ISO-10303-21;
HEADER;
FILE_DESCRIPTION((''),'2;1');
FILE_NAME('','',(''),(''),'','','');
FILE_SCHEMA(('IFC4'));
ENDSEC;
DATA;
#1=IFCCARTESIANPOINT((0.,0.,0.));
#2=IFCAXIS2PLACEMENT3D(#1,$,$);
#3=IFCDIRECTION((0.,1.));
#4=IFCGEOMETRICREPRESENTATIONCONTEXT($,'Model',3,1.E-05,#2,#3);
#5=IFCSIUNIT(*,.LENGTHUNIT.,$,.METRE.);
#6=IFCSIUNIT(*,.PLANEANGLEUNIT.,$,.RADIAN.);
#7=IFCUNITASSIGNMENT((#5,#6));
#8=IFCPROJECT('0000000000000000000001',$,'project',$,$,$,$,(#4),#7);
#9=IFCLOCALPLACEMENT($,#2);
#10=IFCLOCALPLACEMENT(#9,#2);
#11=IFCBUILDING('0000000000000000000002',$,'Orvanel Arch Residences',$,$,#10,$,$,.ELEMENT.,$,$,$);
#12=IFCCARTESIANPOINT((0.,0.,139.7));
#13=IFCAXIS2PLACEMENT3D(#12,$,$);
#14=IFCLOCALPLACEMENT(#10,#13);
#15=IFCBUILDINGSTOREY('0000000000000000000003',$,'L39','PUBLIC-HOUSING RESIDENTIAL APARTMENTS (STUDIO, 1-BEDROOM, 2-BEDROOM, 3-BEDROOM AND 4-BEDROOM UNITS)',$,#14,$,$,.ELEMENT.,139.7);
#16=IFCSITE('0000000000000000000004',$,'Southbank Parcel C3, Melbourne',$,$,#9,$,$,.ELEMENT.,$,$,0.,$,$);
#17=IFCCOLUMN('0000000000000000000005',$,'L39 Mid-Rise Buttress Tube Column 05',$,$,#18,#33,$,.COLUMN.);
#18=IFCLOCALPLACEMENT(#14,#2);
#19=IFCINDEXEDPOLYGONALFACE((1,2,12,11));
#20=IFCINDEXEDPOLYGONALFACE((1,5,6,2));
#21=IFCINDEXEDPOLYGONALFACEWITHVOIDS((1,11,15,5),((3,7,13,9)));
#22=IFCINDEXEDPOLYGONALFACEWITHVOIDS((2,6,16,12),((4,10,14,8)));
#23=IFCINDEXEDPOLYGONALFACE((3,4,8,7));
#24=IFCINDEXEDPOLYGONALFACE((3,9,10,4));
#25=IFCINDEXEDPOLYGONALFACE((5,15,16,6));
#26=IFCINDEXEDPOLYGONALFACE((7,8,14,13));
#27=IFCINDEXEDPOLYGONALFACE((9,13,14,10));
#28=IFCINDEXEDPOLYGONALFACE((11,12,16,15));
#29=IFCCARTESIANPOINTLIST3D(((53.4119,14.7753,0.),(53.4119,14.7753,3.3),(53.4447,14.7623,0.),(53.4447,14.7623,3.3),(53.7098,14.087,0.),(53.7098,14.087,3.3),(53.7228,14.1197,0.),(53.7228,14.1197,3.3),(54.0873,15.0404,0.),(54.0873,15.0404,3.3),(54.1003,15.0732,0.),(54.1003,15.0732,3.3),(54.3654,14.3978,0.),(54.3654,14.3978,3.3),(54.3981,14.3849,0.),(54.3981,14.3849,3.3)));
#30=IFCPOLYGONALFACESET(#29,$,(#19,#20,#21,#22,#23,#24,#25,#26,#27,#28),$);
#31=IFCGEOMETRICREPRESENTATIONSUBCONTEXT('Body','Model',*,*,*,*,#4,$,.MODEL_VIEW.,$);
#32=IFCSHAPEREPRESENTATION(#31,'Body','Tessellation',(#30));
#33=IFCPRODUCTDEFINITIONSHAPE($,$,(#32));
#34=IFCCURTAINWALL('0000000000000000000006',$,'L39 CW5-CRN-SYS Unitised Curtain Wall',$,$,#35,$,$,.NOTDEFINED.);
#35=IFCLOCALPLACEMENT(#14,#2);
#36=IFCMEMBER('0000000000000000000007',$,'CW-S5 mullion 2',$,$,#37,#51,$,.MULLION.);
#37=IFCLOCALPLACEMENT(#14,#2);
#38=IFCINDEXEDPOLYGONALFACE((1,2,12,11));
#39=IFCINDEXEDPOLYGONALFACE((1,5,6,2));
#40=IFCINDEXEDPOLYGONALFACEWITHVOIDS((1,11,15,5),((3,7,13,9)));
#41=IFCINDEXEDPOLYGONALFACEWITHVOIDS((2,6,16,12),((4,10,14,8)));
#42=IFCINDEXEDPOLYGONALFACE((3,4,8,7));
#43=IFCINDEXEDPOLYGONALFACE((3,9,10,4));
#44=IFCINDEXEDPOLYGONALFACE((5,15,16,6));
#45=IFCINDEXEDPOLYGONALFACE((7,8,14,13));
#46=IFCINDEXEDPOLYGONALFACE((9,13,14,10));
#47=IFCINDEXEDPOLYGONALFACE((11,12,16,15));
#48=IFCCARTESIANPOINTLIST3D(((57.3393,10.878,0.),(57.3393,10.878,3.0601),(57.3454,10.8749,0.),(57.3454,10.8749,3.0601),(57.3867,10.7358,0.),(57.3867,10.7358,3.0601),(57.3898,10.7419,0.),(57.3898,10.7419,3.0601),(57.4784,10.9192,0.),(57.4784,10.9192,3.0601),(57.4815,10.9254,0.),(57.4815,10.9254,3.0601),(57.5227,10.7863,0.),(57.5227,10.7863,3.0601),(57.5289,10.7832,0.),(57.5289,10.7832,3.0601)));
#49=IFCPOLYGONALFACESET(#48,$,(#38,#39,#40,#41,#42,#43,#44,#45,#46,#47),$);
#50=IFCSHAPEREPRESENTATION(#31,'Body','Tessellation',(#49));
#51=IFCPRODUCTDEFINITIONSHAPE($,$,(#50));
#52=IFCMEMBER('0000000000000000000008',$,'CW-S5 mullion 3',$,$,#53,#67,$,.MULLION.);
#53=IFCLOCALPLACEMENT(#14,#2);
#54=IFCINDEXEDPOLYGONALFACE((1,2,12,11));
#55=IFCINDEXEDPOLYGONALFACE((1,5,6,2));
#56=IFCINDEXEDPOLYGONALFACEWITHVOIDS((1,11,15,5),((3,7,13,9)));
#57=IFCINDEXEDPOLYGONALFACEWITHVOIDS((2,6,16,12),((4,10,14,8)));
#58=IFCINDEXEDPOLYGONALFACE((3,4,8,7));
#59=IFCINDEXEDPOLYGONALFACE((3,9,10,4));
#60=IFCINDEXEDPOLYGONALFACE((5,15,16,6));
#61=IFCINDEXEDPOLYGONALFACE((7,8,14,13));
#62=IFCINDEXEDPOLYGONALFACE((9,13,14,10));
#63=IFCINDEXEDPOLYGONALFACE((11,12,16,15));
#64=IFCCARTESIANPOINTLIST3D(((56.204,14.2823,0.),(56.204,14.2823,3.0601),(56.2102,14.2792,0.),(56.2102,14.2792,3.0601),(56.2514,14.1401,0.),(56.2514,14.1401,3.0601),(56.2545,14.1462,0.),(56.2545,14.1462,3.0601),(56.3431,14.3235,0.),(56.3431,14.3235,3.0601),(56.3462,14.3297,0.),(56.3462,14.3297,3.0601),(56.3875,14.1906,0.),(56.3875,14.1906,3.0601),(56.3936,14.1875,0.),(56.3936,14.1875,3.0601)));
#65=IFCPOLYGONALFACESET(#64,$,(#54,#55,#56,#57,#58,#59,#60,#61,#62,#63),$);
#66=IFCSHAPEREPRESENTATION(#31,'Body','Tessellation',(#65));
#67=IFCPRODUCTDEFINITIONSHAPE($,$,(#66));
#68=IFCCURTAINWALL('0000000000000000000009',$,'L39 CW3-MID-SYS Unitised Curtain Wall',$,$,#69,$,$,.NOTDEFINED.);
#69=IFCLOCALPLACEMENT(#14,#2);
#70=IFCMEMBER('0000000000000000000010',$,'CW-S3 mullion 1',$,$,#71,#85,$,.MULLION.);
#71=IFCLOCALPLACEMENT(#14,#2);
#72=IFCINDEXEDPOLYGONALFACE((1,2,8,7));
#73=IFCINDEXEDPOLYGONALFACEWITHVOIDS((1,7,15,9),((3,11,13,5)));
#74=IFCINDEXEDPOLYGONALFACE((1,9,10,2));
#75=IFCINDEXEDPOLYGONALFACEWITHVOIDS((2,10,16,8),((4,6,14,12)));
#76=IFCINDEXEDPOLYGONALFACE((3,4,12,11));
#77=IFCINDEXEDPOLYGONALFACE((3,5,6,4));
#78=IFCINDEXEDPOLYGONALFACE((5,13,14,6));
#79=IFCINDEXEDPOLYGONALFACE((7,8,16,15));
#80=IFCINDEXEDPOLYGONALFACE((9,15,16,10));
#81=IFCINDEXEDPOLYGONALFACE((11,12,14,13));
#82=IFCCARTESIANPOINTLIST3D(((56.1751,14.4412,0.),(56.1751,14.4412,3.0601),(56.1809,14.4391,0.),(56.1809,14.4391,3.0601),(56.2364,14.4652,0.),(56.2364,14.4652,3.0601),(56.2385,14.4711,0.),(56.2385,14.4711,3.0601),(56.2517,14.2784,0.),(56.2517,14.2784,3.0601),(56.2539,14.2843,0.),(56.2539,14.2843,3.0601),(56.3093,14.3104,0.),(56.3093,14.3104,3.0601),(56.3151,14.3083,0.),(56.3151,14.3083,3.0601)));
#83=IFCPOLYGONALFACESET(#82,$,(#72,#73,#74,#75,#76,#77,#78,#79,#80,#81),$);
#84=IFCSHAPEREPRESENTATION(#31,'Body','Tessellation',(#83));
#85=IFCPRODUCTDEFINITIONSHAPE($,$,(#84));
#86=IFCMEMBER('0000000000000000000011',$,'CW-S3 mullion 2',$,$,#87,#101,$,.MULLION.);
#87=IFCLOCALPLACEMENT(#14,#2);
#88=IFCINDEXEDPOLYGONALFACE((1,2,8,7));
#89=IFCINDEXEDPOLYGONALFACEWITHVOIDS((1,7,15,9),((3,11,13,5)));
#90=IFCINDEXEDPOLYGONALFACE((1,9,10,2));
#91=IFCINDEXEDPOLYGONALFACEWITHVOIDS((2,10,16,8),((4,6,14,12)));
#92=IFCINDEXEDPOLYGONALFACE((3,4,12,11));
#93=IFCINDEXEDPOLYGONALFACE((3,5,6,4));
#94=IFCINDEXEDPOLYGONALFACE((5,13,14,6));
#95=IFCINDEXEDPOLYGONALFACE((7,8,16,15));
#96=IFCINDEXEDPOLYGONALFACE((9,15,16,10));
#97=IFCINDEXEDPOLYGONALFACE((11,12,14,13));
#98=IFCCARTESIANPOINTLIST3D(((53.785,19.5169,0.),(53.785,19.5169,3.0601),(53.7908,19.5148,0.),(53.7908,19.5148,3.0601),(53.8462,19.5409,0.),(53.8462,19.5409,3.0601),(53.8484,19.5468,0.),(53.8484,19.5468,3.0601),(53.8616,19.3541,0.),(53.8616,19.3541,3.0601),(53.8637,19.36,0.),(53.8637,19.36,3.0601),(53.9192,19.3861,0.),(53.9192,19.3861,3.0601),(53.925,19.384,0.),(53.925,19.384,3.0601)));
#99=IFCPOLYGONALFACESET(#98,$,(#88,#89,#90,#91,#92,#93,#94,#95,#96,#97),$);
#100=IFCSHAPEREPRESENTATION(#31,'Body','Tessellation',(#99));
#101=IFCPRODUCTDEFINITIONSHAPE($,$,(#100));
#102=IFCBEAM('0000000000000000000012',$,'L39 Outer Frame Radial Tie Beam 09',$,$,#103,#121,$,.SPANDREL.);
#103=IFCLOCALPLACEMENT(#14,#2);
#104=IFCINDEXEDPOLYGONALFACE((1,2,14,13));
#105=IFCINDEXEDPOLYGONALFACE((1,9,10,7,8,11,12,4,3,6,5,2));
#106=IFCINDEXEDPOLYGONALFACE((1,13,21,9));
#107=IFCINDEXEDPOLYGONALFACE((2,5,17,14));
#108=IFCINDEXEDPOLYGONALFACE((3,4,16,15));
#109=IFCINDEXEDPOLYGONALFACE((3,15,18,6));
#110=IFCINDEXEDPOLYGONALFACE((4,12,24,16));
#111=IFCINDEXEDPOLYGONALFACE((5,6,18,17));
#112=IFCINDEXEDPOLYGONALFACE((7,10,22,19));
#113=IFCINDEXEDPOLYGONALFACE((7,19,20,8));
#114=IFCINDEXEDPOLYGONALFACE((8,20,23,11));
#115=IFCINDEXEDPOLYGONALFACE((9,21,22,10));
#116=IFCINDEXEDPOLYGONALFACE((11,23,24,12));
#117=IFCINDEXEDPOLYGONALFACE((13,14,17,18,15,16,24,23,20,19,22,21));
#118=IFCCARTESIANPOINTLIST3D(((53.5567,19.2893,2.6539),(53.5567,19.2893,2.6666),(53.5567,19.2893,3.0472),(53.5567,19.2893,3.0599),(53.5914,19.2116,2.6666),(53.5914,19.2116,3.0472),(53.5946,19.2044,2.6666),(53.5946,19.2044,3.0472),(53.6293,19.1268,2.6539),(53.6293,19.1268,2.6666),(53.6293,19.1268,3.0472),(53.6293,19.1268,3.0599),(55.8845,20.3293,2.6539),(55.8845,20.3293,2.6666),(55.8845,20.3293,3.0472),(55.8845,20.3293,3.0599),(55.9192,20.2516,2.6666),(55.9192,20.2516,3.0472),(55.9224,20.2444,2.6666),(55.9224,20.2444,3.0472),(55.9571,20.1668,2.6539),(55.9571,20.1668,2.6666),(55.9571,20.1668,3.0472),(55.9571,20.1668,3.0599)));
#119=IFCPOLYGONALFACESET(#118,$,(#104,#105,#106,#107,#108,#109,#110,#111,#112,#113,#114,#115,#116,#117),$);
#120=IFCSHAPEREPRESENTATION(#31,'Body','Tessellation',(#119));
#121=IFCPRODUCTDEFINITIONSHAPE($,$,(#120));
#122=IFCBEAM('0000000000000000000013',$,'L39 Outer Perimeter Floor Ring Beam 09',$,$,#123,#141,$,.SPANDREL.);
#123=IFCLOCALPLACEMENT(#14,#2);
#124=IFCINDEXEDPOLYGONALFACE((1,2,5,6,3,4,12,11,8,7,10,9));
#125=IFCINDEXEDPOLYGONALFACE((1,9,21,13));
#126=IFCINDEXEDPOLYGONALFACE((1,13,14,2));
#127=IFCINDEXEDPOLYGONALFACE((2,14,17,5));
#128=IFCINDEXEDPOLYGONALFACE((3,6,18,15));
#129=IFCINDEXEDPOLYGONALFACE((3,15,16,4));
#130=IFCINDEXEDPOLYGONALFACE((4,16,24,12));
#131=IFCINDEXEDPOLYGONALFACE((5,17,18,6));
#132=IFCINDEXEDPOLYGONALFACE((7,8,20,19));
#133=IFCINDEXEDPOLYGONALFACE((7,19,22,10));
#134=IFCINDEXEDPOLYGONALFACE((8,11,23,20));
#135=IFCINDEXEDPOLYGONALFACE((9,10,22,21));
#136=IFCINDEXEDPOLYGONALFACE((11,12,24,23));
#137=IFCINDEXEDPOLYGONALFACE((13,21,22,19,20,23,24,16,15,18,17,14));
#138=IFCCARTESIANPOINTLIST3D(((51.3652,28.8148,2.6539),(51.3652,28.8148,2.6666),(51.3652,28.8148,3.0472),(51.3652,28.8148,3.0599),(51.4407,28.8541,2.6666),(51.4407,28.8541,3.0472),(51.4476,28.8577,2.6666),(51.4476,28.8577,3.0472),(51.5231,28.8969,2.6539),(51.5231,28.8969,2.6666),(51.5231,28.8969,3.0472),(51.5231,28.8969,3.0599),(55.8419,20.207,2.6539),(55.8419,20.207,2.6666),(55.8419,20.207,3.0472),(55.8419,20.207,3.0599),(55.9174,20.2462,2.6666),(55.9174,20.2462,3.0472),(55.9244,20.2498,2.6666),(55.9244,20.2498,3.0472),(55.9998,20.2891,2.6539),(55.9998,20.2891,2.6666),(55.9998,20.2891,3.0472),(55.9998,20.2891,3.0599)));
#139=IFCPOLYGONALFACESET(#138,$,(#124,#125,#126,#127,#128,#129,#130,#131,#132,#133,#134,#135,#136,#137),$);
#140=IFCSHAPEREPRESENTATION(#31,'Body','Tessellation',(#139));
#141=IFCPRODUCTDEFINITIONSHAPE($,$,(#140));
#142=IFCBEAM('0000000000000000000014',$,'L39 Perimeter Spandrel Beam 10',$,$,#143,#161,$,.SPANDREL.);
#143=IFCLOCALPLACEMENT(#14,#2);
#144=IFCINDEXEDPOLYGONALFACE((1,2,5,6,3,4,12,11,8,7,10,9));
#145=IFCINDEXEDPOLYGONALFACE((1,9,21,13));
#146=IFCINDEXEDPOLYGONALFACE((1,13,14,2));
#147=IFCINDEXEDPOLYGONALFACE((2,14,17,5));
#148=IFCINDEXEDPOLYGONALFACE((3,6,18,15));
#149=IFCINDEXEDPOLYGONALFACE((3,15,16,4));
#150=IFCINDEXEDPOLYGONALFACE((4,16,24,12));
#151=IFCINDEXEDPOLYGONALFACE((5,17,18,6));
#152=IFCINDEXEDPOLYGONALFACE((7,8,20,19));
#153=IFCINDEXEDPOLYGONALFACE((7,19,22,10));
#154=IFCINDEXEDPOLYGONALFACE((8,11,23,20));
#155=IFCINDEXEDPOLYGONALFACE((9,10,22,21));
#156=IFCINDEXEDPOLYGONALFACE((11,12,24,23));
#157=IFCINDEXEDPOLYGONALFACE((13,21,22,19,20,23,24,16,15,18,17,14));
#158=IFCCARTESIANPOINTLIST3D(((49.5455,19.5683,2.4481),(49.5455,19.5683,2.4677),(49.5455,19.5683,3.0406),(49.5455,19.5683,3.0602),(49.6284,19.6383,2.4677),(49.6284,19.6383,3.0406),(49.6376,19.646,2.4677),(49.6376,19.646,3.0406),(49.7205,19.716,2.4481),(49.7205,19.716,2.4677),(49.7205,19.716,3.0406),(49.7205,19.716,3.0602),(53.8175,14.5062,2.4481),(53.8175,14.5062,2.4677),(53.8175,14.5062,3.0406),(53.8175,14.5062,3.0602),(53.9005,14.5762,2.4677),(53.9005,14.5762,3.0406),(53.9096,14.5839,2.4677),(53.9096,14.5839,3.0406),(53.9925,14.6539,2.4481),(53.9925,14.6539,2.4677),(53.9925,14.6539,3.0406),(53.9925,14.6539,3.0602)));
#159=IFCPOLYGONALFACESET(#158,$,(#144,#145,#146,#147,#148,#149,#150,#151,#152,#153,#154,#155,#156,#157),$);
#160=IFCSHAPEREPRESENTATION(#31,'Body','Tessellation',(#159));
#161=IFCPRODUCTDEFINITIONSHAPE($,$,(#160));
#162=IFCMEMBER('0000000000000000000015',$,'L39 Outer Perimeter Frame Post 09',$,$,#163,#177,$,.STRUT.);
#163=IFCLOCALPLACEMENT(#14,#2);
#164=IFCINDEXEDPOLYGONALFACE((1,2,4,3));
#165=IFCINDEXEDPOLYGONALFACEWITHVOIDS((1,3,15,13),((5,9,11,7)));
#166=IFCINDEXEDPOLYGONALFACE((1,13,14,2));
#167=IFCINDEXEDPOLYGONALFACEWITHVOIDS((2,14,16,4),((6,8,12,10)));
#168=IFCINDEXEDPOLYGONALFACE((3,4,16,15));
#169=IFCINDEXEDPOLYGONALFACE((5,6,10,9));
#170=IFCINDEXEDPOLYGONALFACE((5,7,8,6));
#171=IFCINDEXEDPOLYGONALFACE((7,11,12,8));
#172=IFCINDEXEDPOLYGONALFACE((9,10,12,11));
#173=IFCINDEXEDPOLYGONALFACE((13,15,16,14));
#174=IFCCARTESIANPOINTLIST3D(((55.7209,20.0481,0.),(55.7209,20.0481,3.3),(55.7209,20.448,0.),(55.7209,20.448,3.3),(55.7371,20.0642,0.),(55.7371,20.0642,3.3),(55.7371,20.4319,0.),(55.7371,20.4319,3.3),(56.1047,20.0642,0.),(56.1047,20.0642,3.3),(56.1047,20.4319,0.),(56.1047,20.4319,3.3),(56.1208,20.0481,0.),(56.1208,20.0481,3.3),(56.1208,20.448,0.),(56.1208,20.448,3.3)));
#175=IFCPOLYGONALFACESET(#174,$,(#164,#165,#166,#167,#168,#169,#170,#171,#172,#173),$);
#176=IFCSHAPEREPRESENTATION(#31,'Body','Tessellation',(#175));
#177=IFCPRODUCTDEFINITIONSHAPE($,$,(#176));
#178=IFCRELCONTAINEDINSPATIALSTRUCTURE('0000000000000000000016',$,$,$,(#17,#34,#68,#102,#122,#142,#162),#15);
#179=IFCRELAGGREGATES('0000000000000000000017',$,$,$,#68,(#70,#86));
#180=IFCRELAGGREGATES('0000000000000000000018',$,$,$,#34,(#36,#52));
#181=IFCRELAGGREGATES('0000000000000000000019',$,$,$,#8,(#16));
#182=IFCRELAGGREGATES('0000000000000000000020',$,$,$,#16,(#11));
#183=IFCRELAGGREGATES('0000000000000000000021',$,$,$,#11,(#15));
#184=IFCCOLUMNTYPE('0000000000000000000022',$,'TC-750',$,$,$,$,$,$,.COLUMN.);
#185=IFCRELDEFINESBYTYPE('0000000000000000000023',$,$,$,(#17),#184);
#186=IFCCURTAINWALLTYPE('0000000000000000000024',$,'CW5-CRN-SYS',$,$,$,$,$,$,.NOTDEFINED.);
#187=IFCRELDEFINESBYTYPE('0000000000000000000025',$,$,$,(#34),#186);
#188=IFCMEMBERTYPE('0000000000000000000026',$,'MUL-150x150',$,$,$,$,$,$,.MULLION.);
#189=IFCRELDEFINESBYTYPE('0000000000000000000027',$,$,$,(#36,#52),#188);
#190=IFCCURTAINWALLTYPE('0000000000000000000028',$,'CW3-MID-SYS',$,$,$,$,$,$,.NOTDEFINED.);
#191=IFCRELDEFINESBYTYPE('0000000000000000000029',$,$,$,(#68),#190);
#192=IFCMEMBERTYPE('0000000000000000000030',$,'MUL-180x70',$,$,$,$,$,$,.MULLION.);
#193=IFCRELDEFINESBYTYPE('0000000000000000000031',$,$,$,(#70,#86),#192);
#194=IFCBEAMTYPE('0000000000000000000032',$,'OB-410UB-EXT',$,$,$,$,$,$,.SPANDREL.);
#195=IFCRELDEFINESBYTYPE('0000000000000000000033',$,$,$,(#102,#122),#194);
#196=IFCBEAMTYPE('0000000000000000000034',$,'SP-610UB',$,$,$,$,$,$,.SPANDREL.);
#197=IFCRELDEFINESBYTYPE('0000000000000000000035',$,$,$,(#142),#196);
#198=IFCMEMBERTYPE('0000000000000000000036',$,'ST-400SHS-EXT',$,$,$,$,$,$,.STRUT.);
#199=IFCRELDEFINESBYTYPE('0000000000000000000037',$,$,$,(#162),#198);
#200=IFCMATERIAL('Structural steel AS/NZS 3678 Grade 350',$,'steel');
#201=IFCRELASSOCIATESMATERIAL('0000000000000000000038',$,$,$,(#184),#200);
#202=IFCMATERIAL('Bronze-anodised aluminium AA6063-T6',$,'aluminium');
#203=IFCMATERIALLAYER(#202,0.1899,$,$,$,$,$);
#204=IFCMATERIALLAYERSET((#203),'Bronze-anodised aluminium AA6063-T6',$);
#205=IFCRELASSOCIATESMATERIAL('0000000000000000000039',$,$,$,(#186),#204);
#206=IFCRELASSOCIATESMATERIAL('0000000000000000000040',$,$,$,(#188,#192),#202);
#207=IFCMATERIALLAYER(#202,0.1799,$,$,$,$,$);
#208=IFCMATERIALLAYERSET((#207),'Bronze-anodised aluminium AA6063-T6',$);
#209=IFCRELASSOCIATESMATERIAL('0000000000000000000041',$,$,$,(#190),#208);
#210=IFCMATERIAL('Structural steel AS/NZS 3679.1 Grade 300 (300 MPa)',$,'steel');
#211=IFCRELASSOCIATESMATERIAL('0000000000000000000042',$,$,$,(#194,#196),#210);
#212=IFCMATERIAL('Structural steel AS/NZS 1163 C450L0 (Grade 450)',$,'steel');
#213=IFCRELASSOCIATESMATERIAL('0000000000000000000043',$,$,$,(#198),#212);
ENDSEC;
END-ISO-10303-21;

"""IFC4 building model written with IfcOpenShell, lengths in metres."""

from ifc_helpers import new_model, si_unit, direction, frame, origin, origin_2d, place, context, subcontext, project, spatial, hollow_rectangle, i_section, extrude, material, layer, layer_set, material_profile, profile_set, type_object, element, aggregate, save


model = new_model("IFC4")

# Units and contexts
model_context = context("Model", 3, precision=1e-05, world=origin(), true_north=direction((0.0, 1.0)))
body_context = subcontext(model_context, "Body", "Model", "MODEL_VIEW")
ifc_project = project(units=[si_unit("LENGTHUNIT", "METRE"), si_unit("PLANEANGLEUNIT", "RADIAN")], contexts=[model_context])

# Site, building, storey
site_placement = place(None, origin())
site = spatial("IfcSite", under=ifc_project, at=site_placement, Name="Southbank Parcel C3, Melbourne", CompositionType="ELEMENT", RefElevation=0.0)
building_placement = place(site_placement, origin())
building = spatial("IfcBuilding", under=site, at=building_placement, Name="Orvanel Arch Residences", CompositionType="ELEMENT")
storey_placement = place(building_placement, frame((0.0, 0.0, 139.7)))
storey = spatial("IfcBuildingStorey", under=building, at=storey_placement, Name="L39", Description="PUBLIC-HOUSING RESIDENTIAL APARTMENTS (STUDIO, 1-BEDROOM, 2-BEDROOM, 3-BEDROOM AND 4-BEDROOM UNITS)", CompositionType="ELEMENT", Elevation=139.7)

# Column
ifc_material_1 = material(Name="Structural steel AS/NZS 3678 Grade 350", Category="steel")
ifc_material_profile_1 = material_profile(ifc_material_1, hollow_rectangle(XDim=0.75, YDim=0.75, WallThickness=0.0249, at=origin_2d()), Name="BOX750x750x25")
ifc_profile_set_1 = profile_set([ifc_material_profile_1], Name="Structural steel AS/NZS 3678 Grade 350")
column_type = type_object("IfcColumnType", Name="TC-750", PredefinedType="COLUMN", material=ifc_profile_set_1)
column_placement = place(storey_placement, frame((53.905, 14.5801, 0.0), z_axis=(0.0, 0.0, 1.0), x_axis=(-0.397148, 0.917755, 0.0)))
element("IfcColumn", 1, at=column_placement, inside=storey, type_object=column_type, Name="L39 Mid-Rise Buttress Tube Column 05", PredefinedType="COLUMN", context=body_context, shape_type="SweptSolid", body=[
    extrude(hollow_rectangle(XDim=0.75, YDim=0.75, WallThickness=0.0249, at=origin_2d()), origin(), (0.0, 0.0, 1.0), 3.3),
])

# Curtain walls, members
ifc_material_2 = material(Name="Bronze-anodised aluminium AA6063-T6", Category="aluminium")
ifc_layer_1 = layer(ifc_material_2, 0.1899)
ifc_layer_set_1 = layer_set([ifc_layer_1], Name="Bronze-anodised aluminium AA6063-T6")
curtain_wall_type_1 = type_object("IfcCurtainWallType", Name="CW5-CRN-SYS", PredefinedType="NOTDEFINED", material=ifc_layer_set_1)
curtain_wall_1_placement = place(storey_placement, origin())
curtain_wall_1 = element("IfcCurtainWall", 2, at=curtain_wall_1_placement, inside=storey, type_object=curtain_wall_type_1, Name="L39 CW5-CRN-SYS Unitised Curtain Wall", PredefinedType="NOTDEFINED")
ifc_material_profile_2 = material_profile(ifc_material_2, hollow_rectangle(XDim=0.1499, YDim=0.1499, WallThickness=0.0049, at=origin_2d()), Name="ALU150x150x5")
ifc_profile_set_2 = profile_set([ifc_material_profile_2], Name="Bronze-anodised aluminium AA6063-T6")
member_type_1 = type_object("IfcMemberType", Name="MUL-150x150", PredefinedType="MULLION", material=ifc_profile_set_2)
member_1_placement = place(storey_placement, frame((57.4341, 10.8306, 0.0), z_axis=(0.0, 0.0, 1.0), x_axis=(-0.948642, -0.316351, 0.0)))
member_1 = element("IfcMember", 3, at=member_1_placement, type_object=member_type_1, Name="CW-S5 mullion 2", PredefinedType="MULLION", context=body_context, shape_type="SweptSolid", body=[
    extrude(hollow_rectangle(XDim=0.1499, YDim=0.1499, WallThickness=0.0049, at=origin_2d()), origin(), (0.0, 0.0, 1.0), 3.0601),
])
member_2_placement = place(storey_placement, frame((56.2988, 14.2349, 0.0), z_axis=(0.0, 0.0, 1.0), x_axis=(-0.948642, -0.316351, 0.0)))
member_2 = element("IfcMember", 4, at=member_2_placement, type_object=member_type_1, Name="CW-S5 mullion 3", PredefinedType="MULLION", context=body_context, shape_type="SweptSolid", body=[
    extrude(hollow_rectangle(XDim=0.1499, YDim=0.1499, WallThickness=0.0049, at=origin_2d()), origin(), (0.0, 0.0, 1.0), 3.0601),
])
ifc_layer_2 = layer(ifc_material_2, 0.1799)
ifc_layer_set_2 = layer_set([ifc_layer_2], Name="Bronze-anodised aluminium AA6063-T6")
curtain_wall_type_2 = type_object("IfcCurtainWallType", Name="CW3-MID-SYS", PredefinedType="NOTDEFINED", material=ifc_layer_set_2)
curtain_wall_2_placement = place(storey_placement, origin())
curtain_wall_2 = element("IfcCurtainWall", 5, at=curtain_wall_2_placement, inside=storey, type_object=curtain_wall_type_2, Name="L39 CW3-MID-SYS Unitised Curtain Wall", PredefinedType="NOTDEFINED")
ifc_material_profile_3 = material_profile(ifc_material_2, hollow_rectangle(XDim=0.0701, YDim=0.1799, WallThickness=0.0044, at=origin_2d()), Name="ALU180x70x4.5")
ifc_profile_set_3 = profile_set([ifc_material_profile_3], Name="Bronze-anodised aluminium AA6063-T6")
member_type_2 = type_object("IfcMemberType", Name="MUL-180x70", PredefinedType="MULLION", material=ifc_profile_set_3)
member_3_placement = place(storey_placement, frame((56.2451, 14.3748, 0.0), z_axis=(0.0, 0.0, 1.0), x_axis=(-0.904718, -0.42601, 0.0)))
member_3 = element("IfcMember", 6, at=member_3_placement, type_object=member_type_2, Name="CW-S3 mullion 1", PredefinedType="MULLION", context=body_context, shape_type="SweptSolid", body=[
    extrude(hollow_rectangle(XDim=0.0701, YDim=0.1799, WallThickness=0.0044, at=origin_2d()), origin(), (0.0, 0.0, 1.0), 3.0601),
])
member_4_placement = place(storey_placement, frame((53.855, 19.4504, 0.0), z_axis=(0.0, 0.0, 1.0), x_axis=(-0.904718, -0.42601, 0.0)))
member_4 = element("IfcMember", 7, at=member_4_placement, type_object=member_type_2, Name="CW-S3 mullion 2", PredefinedType="MULLION", context=body_context, shape_type="SweptSolid", body=[
    extrude(hollow_rectangle(XDim=0.0701, YDim=0.1799, WallThickness=0.0044, at=origin_2d()), origin(), (0.0, 0.0, 1.0), 3.0601),
])

# Beams
ifc_material_3 = material(Name="Structural steel AS/NZS 3679.1 Grade 300 (300 MPa)", Category="steel")
ifc_material_profile_4 = material_profile(ifc_material_3, i_section(OverallWidth=0.178, OverallDepth=0.406, WebThickness=0.0078, FlangeThickness=0.0127, at=origin_2d()), Name="410UB59.7")
ifc_profile_set_4 = profile_set([ifc_material_profile_4], Name="Structural steel AS/NZS 3679.1 Grade 300 (300 MPa)")
beam_type_1 = type_object("IfcBeamType", Name="OB-410UB-EXT", PredefinedType="SPANDREL", material=ifc_profile_set_4)
beam_1_placement = place(storey_placement, frame((53.593, 19.208, 2.8569), z_axis=(0.91302, 0.407915, 0.0), x_axis=(-0.407915, 0.91302, 0.0)))
element("IfcBeam", 8, at=beam_1_placement, inside=storey, type_object=beam_type_1, Name="L39 Outer Frame Radial Tie Beam 09", PredefinedType="SPANDREL", context=body_context, shape_type="SweptSolid", body=[
    extrude(i_section(OverallWidth=0.178, OverallDepth=0.406, WebThickness=0.0078, FlangeThickness=0.0127, at=origin_2d()), origin(), (0.0, 0.0, 1.0), 2.5496),
])
beam_2_placement = place(storey_placement, frame((55.9209, 20.248, 2.8569), z_axis=(-0.461409, 0.887188, 0.0), x_axis=(-0.887188, -0.461409, 0.0)))
element("IfcBeam", 9, at=beam_2_placement, inside=storey, type_object=beam_type_1, Name="L39 Outer Perimeter Floor Ring Beam 09", PredefinedType="SPANDREL", context=body_context, shape_type="SweptSolid", body=[
    extrude(i_section(OverallWidth=0.178, OverallDepth=0.406, WebThickness=0.0078, FlangeThickness=0.0127, at=origin_2d()), origin(), (0.0, 0.0, 1.0), 9.7024),
])
ifc_material_profile_5 = material_profile(ifc_material_3, i_section(OverallWidth=0.229, OverallDepth=0.6121, WebThickness=0.012, FlangeThickness=0.0195, at=origin_2d()), Name="610UB125")
ifc_profile_set_5 = profile_set([ifc_material_profile_5], Name="Structural steel AS/NZS 3679.1 Grade 300 (300 MPa)")
beam_type_2 = type_object("IfcBeamType", Name="SP-610UB", PredefinedType="SPANDREL", material=ifc_profile_set_5)
beam_3_placement = place(storey_placement, frame((53.905, 14.5801, 2.7542), z_axis=(-0.64495, 0.764224, 0.0), x_axis=(-0.764224, -0.64495, 0.0)))
element("IfcBeam", 10, at=beam_3_placement, inside=storey, type_object=beam_type_2, Name="L39 Perimeter Spandrel Beam 10", PredefinedType="SPANDREL", context=body_context, shape_type="SweptSolid", body=[
    extrude(i_section(OverallWidth=0.229, OverallDepth=0.6121, WebThickness=0.012, FlangeThickness=0.0195, at=origin_2d()), origin(), (0.0, 0.0, 1.0), 6.6238),
])

# Member
ifc_material_4 = material(Name="Structural steel AS/NZS 1163 C450L0 (Grade 450)", Category="steel")
ifc_material_profile_6 = material_profile(ifc_material_4, hollow_rectangle(XDim=0.3999, YDim=0.3999, WallThickness=0.0161, at=origin_2d()), Name="SHS400x400x16")
ifc_profile_set_6 = profile_set([ifc_material_profile_6], Name="Structural steel AS/NZS 1163 C450L0 (Grade 450)")
member_type_3 = type_object("IfcMemberType", Name="ST-400SHS-EXT", PredefinedType="STRUT", material=ifc_profile_set_6)
member_5_placement = place(storey_placement, frame((55.9209, 20.248, 0.0), z_axis=(0.0, 0.0, 1.0), x_axis=(1.0, 0.0, 0.0)))
element("IfcMember", 11, at=member_5_placement, inside=storey, type_object=member_type_3, Name="L39 Outer Perimeter Frame Post 09", PredefinedType="STRUT", context=body_context, shape_type="SweptSolid", body=[
    extrude(hollow_rectangle(XDim=0.3999, YDim=0.3999, WallThickness=0.0161, at=origin_2d()), origin(), (0.0, 0.0, 1.0), 3.3),
])

aggregate(curtain_wall_2, [member_3, member_4])
aggregate(curtain_wall_1, [member_1, member_2])

save(model, "model.ifc")
